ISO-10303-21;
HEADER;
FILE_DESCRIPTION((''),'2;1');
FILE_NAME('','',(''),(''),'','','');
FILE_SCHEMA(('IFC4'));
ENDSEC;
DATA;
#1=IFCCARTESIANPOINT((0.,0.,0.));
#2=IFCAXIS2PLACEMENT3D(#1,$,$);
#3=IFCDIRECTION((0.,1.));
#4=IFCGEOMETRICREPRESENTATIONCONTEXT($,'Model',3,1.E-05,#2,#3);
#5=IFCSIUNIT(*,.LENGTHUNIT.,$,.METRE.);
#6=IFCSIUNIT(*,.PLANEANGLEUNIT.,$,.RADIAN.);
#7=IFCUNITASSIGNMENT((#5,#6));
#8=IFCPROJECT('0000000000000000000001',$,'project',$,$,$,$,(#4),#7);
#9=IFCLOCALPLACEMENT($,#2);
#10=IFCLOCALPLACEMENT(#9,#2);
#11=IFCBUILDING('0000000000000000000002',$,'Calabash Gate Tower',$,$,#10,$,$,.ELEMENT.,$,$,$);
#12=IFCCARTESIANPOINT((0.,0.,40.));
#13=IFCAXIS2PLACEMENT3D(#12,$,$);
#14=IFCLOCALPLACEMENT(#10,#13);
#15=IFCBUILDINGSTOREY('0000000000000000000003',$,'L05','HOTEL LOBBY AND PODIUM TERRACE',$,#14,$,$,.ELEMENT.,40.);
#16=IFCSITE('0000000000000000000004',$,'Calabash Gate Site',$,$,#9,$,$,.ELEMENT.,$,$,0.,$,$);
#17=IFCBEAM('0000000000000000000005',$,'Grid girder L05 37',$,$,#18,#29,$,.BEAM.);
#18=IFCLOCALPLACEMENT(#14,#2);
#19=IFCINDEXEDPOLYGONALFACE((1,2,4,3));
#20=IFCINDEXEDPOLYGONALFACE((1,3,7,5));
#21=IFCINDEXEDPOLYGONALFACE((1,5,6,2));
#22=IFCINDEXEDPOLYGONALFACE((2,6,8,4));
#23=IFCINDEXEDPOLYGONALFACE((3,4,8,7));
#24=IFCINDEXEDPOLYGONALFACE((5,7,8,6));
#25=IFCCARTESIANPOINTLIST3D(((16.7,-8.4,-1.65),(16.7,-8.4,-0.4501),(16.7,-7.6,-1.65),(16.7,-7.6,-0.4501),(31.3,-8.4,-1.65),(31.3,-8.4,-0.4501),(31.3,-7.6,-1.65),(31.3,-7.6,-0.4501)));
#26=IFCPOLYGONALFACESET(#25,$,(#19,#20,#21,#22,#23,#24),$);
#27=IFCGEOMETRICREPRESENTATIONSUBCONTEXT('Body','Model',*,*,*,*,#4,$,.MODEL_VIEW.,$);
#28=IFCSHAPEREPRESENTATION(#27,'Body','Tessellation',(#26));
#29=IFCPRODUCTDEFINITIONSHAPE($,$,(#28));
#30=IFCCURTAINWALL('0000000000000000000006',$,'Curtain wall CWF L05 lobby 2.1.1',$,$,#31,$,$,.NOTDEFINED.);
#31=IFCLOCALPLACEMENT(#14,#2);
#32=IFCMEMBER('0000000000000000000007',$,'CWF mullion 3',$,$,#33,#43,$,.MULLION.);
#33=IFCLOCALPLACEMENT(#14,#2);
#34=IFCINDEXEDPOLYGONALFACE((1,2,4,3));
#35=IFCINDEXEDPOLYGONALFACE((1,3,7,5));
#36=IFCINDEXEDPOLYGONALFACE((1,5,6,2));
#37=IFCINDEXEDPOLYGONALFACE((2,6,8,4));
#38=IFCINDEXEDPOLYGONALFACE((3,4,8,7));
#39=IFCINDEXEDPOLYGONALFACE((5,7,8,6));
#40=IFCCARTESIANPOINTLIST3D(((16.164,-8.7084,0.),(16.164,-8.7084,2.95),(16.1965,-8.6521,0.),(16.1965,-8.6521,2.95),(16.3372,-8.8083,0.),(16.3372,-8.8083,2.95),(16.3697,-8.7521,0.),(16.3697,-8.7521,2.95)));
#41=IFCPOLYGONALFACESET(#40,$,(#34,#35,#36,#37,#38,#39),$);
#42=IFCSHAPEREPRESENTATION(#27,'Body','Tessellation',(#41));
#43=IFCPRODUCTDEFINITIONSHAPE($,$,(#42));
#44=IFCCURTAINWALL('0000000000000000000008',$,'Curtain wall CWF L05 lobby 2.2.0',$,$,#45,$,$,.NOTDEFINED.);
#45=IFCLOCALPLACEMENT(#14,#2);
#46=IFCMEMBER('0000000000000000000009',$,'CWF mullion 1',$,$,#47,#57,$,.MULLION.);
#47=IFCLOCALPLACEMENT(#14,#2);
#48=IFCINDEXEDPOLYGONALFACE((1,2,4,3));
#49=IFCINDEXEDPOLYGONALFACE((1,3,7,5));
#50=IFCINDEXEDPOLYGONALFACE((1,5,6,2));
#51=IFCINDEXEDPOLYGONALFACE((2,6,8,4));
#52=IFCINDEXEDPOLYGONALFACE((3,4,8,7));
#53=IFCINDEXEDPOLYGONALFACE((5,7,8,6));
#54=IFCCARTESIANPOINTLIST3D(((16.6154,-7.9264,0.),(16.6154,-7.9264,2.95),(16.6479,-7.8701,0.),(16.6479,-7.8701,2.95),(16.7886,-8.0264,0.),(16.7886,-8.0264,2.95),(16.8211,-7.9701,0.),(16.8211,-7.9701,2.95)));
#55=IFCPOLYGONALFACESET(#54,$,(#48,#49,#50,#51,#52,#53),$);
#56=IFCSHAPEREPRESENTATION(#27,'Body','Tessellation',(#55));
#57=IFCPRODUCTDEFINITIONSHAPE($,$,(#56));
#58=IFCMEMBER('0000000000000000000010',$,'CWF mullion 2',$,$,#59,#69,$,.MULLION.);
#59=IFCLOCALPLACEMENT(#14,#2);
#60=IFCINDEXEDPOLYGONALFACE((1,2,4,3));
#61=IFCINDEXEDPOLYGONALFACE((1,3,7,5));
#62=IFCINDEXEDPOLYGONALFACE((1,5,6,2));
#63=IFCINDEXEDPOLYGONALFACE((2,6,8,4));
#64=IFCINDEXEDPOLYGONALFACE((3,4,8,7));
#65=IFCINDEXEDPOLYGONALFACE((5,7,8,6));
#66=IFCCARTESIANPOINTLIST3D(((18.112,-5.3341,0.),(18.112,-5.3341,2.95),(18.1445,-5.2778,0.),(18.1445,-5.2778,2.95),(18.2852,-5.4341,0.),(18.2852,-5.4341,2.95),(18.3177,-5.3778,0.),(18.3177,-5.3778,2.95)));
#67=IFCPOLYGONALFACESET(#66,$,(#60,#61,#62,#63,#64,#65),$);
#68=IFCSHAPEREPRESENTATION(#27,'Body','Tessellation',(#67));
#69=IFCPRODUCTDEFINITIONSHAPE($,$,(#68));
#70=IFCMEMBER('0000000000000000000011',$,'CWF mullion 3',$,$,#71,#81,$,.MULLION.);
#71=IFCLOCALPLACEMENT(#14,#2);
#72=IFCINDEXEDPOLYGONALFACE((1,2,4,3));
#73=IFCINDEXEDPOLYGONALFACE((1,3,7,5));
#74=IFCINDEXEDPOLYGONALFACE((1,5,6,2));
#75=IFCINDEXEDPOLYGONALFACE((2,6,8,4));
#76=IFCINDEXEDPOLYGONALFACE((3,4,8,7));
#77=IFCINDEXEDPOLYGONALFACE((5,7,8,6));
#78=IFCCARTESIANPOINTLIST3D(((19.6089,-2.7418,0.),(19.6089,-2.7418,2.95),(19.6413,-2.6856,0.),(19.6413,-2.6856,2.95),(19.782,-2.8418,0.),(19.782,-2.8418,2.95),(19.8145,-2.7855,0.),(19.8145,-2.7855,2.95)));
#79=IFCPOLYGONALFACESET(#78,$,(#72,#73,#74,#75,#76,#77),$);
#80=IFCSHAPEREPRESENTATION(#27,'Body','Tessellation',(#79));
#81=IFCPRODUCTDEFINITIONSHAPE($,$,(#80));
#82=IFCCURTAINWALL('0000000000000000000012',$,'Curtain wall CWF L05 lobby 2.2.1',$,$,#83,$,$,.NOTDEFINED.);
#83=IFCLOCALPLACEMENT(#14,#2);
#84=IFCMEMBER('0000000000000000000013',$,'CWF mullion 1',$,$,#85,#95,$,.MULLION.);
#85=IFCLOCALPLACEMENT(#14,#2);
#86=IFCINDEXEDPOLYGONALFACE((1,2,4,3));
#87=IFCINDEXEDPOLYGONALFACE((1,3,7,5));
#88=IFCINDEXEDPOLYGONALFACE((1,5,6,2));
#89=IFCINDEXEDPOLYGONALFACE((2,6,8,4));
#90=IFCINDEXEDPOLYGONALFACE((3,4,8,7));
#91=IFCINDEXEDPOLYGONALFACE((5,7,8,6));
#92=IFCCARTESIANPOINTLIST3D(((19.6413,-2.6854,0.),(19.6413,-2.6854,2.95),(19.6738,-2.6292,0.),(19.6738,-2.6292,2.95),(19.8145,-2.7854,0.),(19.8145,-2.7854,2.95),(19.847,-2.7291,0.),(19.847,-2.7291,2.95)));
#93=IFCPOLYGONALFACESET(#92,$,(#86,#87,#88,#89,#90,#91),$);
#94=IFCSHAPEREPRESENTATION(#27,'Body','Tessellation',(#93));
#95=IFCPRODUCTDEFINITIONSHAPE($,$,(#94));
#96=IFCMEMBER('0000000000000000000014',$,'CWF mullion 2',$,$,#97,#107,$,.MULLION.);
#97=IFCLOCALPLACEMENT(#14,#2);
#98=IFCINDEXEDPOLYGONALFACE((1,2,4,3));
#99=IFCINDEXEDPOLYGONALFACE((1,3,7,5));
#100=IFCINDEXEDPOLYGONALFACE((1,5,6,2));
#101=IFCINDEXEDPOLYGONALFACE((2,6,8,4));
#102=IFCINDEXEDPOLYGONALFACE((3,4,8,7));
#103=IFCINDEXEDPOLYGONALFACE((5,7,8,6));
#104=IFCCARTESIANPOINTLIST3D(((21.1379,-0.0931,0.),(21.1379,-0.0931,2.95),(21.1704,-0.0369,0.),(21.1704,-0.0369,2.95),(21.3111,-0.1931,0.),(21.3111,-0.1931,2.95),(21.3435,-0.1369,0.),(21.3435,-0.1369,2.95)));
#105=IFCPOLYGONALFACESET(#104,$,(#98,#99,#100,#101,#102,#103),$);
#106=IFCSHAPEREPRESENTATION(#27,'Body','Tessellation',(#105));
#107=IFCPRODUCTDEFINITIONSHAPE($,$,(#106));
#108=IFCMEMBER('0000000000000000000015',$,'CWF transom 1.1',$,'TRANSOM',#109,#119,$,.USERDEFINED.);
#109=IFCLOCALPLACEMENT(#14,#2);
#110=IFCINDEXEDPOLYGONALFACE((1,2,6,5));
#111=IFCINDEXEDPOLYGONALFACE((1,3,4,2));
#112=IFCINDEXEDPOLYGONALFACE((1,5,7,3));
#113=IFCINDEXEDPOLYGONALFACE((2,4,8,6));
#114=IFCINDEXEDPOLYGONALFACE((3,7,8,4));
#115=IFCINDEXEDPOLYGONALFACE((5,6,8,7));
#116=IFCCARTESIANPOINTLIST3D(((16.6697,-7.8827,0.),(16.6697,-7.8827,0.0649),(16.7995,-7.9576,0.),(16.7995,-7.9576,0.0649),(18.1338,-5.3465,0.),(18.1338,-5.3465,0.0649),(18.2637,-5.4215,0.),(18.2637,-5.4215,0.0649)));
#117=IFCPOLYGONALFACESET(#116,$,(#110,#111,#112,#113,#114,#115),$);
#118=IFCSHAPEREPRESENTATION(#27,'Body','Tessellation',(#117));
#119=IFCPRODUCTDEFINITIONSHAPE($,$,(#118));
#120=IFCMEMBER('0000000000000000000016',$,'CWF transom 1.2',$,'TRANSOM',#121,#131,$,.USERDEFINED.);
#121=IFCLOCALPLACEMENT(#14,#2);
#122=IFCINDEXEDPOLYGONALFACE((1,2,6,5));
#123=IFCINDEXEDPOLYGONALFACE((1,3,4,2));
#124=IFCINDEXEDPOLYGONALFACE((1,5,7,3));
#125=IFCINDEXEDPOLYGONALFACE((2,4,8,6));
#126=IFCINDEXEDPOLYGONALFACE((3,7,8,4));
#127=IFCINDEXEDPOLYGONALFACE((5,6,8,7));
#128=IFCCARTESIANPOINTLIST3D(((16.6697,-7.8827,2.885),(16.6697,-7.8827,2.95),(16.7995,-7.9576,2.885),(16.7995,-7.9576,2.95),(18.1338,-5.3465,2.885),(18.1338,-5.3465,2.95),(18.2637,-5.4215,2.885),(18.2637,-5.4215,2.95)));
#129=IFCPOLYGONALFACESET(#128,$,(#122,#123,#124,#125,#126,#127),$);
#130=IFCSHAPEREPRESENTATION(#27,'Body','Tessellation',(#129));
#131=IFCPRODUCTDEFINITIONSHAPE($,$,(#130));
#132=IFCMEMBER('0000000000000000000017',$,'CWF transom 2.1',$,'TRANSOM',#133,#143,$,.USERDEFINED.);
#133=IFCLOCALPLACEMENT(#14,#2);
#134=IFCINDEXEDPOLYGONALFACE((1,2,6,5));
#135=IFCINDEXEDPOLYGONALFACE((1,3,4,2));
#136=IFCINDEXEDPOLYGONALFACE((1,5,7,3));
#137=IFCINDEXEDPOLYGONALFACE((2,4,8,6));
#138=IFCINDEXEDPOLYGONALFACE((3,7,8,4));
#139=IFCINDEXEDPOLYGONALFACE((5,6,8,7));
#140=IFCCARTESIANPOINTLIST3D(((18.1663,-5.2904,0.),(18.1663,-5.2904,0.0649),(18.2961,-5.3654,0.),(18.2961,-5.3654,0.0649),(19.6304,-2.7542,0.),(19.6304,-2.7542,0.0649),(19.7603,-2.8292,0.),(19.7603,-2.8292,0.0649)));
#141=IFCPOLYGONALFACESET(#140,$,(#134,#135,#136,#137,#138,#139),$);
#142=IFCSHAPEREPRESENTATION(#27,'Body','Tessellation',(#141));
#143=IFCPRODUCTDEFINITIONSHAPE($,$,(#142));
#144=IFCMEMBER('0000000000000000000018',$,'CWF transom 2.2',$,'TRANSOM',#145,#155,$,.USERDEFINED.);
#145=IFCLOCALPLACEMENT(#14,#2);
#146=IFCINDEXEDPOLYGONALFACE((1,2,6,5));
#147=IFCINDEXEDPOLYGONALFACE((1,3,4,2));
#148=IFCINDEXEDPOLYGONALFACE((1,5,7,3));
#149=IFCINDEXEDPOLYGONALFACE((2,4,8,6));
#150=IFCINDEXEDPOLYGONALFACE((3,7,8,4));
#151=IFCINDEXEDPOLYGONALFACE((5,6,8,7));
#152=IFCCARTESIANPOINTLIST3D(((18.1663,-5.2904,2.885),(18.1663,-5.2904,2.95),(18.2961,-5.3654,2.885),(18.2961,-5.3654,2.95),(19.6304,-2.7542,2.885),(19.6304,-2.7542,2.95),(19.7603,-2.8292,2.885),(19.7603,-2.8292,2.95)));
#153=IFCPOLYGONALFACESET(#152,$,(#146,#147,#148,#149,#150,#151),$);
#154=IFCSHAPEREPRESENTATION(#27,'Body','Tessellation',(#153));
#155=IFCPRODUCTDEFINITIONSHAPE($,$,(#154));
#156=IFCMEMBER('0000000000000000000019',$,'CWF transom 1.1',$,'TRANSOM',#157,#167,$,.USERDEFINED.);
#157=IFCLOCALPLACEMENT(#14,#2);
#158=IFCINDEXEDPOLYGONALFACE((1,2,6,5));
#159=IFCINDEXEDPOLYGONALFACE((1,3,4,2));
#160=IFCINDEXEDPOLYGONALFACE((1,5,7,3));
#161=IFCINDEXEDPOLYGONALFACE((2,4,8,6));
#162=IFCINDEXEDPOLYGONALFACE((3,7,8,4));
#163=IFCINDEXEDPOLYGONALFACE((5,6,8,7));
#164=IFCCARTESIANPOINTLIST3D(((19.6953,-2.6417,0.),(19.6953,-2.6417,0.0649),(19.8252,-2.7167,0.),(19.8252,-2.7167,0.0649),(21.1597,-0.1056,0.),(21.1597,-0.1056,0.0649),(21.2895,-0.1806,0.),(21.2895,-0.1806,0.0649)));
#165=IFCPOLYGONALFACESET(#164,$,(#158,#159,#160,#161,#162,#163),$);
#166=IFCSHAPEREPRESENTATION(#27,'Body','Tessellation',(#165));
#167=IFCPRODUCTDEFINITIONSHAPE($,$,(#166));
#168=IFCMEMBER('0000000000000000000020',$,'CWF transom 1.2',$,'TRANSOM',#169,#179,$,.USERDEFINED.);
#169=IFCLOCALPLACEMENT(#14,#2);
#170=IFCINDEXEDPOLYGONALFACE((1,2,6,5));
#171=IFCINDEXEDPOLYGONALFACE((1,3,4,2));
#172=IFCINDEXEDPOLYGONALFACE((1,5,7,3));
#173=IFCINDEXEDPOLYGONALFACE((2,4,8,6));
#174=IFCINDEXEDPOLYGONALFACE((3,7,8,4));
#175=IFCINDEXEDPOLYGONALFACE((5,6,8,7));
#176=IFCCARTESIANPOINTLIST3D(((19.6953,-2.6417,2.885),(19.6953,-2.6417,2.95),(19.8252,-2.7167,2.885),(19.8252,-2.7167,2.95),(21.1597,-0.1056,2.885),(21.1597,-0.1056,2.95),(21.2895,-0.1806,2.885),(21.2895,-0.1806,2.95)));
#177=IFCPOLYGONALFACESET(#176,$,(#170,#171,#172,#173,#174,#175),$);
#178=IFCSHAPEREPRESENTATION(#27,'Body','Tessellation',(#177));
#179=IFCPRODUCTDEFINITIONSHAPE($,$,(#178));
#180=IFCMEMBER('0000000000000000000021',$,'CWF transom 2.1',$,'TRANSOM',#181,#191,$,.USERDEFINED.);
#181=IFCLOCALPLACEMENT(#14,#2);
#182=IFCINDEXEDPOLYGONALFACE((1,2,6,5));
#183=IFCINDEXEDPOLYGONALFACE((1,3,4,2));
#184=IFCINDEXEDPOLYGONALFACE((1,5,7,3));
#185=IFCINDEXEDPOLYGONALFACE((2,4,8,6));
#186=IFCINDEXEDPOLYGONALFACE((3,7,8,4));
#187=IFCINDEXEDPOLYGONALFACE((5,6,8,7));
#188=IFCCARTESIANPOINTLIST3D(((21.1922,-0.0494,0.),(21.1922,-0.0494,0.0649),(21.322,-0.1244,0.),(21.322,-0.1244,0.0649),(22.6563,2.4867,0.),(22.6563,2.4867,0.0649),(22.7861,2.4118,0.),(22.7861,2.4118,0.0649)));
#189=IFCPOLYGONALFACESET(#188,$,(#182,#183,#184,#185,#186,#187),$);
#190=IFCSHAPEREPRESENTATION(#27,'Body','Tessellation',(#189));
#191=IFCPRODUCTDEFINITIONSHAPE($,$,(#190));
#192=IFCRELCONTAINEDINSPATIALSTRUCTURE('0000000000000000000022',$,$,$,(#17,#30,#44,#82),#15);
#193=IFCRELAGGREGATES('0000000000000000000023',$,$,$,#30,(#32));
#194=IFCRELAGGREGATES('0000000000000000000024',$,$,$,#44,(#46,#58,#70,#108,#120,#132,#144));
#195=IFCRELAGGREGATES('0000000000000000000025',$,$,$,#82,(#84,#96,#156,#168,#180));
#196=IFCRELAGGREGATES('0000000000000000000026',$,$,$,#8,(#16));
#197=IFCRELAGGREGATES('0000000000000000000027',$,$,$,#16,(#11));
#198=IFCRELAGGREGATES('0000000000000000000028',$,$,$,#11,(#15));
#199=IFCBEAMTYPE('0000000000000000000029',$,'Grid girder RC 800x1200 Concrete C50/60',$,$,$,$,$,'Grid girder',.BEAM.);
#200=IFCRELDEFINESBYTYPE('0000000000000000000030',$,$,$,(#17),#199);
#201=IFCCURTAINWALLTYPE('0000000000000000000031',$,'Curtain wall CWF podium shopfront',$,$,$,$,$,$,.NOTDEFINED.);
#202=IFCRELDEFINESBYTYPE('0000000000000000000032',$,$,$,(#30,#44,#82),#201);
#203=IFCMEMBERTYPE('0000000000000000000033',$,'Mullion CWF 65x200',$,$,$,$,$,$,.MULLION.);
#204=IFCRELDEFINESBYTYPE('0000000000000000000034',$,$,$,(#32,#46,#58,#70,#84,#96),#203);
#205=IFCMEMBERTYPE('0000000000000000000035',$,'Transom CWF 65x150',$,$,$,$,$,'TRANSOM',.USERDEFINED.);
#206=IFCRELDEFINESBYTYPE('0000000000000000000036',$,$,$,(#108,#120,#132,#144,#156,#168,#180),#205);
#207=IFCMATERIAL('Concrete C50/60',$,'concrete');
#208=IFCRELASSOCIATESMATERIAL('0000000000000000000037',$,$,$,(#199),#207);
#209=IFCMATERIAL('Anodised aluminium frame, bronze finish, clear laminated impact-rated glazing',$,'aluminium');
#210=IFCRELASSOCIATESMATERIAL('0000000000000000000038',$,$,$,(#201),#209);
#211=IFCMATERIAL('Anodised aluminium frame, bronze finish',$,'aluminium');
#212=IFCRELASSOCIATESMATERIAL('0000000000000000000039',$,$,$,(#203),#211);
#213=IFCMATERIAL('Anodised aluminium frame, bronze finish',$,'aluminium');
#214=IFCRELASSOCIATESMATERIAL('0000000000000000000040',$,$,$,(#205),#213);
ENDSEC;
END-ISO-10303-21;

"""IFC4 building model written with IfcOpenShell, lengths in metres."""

from ifc_helpers import new_model, si_unit, direction, frame, origin, origin_2d, place, context, subcontext, project, spatial, rectangle, extrude, material, material_profile, profile_set, type_object, element, aggregate, save


model = new_model("IFC4")

# Units and contexts
model_context = context("Model", 3, precision=1e-05, world=origin(), true_north=direction((0.0, 1.0)))
body_context = subcontext(model_context, "Body", "Model", "MODEL_VIEW")
ifc_project = project(units=[si_unit("LENGTHUNIT", "METRE"), si_unit("PLANEANGLEUNIT", "RADIAN")], contexts=[model_context])

# Site, building, storey
site_placement = place(None, origin())
site = spatial("IfcSite", under=ifc_project, at=site_placement, Name="Calabash Gate Site", CompositionType="ELEMENT", RefElevation=0.0)
building_placement = place(site_placement, origin())
building = spatial("IfcBuilding", under=site, at=building_placement, Name="Calabash Gate Tower", CompositionType="ELEMENT")
storey_placement = place(building_placement, frame((0.0, 0.0, 40.0)))
storey = spatial("IfcBuildingStorey", under=building, at=storey_placement, Name="L05", Description="HOTEL LOBBY AND PODIUM TERRACE", CompositionType="ELEMENT", Elevation=40.0)

# Beam
ifc_material_1 = material(Name="Concrete C50/60", Category="concrete")
ifc_material_profile_1 = material_profile(ifc_material_1, rectangle(XDim=0.8, YDim=1.2, at=origin_2d()))
ifc_profile_set_1 = profile_set([ifc_material_profile_1], Name="Concrete C50/60")
beam_type = type_object("IfcBeamType", Name="Grid girder RC 800x1200 Concrete C50/60", ElementType="Grid girder", PredefinedType="BEAM", material=ifc_profile_set_1)
beam_placement = place(storey_placement, frame((16.7, -8.0, -1.05), z_axis=(1.0, 0.0, 0.0), x_axis=(0.0, 1.0, 0.0)))
element("IfcBeam", 1, at=beam_placement, inside=storey, type_object=beam_type, Name="Grid girder L05 37", PredefinedType="BEAM", context=body_context, shape_type="SweptSolid", body=[
    extrude(rectangle(XDim=0.8, YDim=1.2, at=origin_2d()), origin(), (0.0, 0.0, 1.0), 14.6001),
])

# Curtain wall, member
ifc_material_2 = material(Name="Anodised aluminium frame, bronze finish, clear laminated impact-rated glazing", Category="aluminium")
curtain_wall_type = type_object("IfcCurtainWallType", Name="Curtain wall CWF podium shopfront", PredefinedType="NOTDEFINED", material=ifc_material_2)
curtain_wall_1_placement = place(storey_placement, origin())
curtain_wall_1 = element("IfcCurtainWall", 2, at=curtain_wall_1_placement, inside=storey, type_object=curtain_wall_type, Name="Curtain wall CWF L05 lobby 2.1.1", PredefinedType="NOTDEFINED")
ifc_material_3 = material(Name="Anodised aluminium frame, bronze finish", Category="aluminium")
ifc_material_profile_2 = material_profile(ifc_material_3, rectangle(XDim=0.2, YDim=0.0649, at=origin_2d()))
ifc_profile_set_2 = profile_set([ifc_material_profile_2], Name="Anodised aluminium frame, bronze finish")
member_type_1 = type_object("IfcMemberType", Name="Mullion CWF 65x200", PredefinedType="MULLION", material=ifc_profile_set_2)
member_1_placement = place(storey_placement, frame((16.2668, -8.7302, 0.0), z_axis=(0.0, 0.0, 1.0), x_axis=(-0.866025, 0.5, 0.0)))
member_1 = element("IfcMember", 3, at=member_1_placement, type_object=member_type_1, Name="CWF mullion 3", PredefinedType="MULLION", context=body_context, shape_type="SweptSolid", body=[
    extrude(rectangle(XDim=0.2, YDim=0.0649, at=origin_2d()), origin(), (0.0, 0.0, 1.0), 2.95),
])
aggregate(curtain_wall_1, [member_1])

# Curtain walls, members
curtain_wall_2_placement = place(storey_placement, origin())
curtain_wall_2 = element("IfcCurtainWall", 4, at=curtain_wall_2_placement, inside=storey, type_object=curtain_wall_type, Name="Curtain wall CWF L05 lobby 2.2.0", PredefinedType="NOTDEFINED")
member_2_placement = place(storey_placement, frame((16.7183, -7.9482, 0.0), z_axis=(0.0, 0.0, 1.0), x_axis=(-0.866025, 0.5, 0.0)))
member_2 = element("IfcMember", 5, at=member_2_placement, type_object=member_type_1, Name="CWF mullion 1", PredefinedType="MULLION", context=body_context, shape_type="SweptSolid", body=[
    extrude(rectangle(XDim=0.2, YDim=0.0649, at=origin_2d()), origin(), (0.0, 0.0, 1.0), 2.95),
])
member_3_placement = place(storey_placement, frame((18.2148, -5.356, 0.0), z_axis=(0.0, 0.0, 1.0), x_axis=(-0.866025, 0.5, 0.0)))
member_3 = element("IfcMember", 6, at=member_3_placement, type_object=member_type_1, Name="CWF mullion 2", PredefinedType="MULLION", context=body_context, shape_type="SweptSolid", body=[
    extrude(rectangle(XDim=0.2, YDim=0.0649, at=origin_2d()), origin(), (0.0, 0.0, 1.0), 2.95),
])
member_4_placement = place(storey_placement, frame((19.7117, -2.7637, 0.0), z_axis=(0.0, 0.0, 1.0), x_axis=(-0.866025, 0.5, 0.0)))
member_4 = element("IfcMember", 7, at=member_4_placement, type_object=member_type_1, Name="CWF mullion 3", PredefinedType="MULLION", context=body_context, shape_type="SweptSolid", body=[
    extrude(rectangle(XDim=0.2, YDim=0.0649, at=origin_2d()), origin(), (0.0, 0.0, 1.0), 2.95),
])
curtain_wall_3_placement = place(storey_placement, origin())
curtain_wall_3 = element("IfcCurtainWall", 8, at=curtain_wall_3_placement, inside=storey, type_object=curtain_wall_type, Name="Curtain wall CWF L05 lobby 2.2.1", PredefinedType="NOTDEFINED")
member_5_placement = place(storey_placement, frame((19.7441, -2.7073, 0.0), z_axis=(0.0, 0.0, 1.0), x_axis=(-0.866025, 0.5, 0.0)))
member_5 = element("IfcMember", 9, at=member_5_placement, type_object=member_type_1, Name="CWF mullion 1", PredefinedType="MULLION", context=body_context, shape_type="SweptSolid", body=[
    extrude(rectangle(XDim=0.2, YDim=0.0649, at=origin_2d()), origin(), (0.0, 0.0, 1.0), 2.95),
])
member_6_placement = place(storey_placement, frame((21.2407, -0.115, 0.0), z_axis=(0.0, 0.0, 1.0), x_axis=(-0.866025, 0.5, 0.0)))
member_6 = element("IfcMember", 10, at=member_6_placement, type_object=member_type_1, Name="CWF mullion 2", PredefinedType="MULLION", context=body_context, shape_type="SweptSolid", body=[
    extrude(rectangle(XDim=0.2, YDim=0.0649, at=origin_2d()), origin(), (0.0, 0.0, 1.0), 2.95),
])

# Members
ifc_material_4 = material(Name="Anodised aluminium frame, bronze finish", Category="aluminium")
ifc_material_profile_3 = material_profile(ifc_material_4, rectangle(XDim=0.1499, YDim=0.0649, at=origin_2d()))
ifc_profile_set_3 = profile_set([ifc_material_profile_3], Name="Anodised aluminium frame, bronze finish")
member_type_2 = type_object("IfcMemberType", Name="Transom CWF 65x150", ElementType="TRANSOM", PredefinedType="USERDEFINED", material=ifc_profile_set_3)
member_7_placement = place(storey_placement, frame((16.7346, -7.9202, 0.0325), z_axis=(0.499968, 0.866044, 0.0), x_axis=(-0.866044, 0.499968, 0.0)))
member_7 = element("IfcMember", 11, at=member_7_placement, type_object=member_type_2, Name="CWF transom 1.1", ObjectType="TRANSOM", PredefinedType="USERDEFINED", context=body_context, shape_type="SweptSolid", body=[
    extrude(rectangle(XDim=0.1499, YDim=0.0649, at=origin_2d()), origin(), (0.0, 0.0, 1.0), 2.9285),
])
member_8_placement = place(storey_placement, frame((16.7346, -7.9202, 2.9175), z_axis=(0.499968, 0.866044, 0.0), x_axis=(-0.866044, 0.499968, 0.0)))
member_8 = element("IfcMember", 12, at=member_8_placement, type_object=member_type_2, Name="CWF transom 1.2", ObjectType="TRANSOM", PredefinedType="USERDEFINED", context=body_context, shape_type="SweptSolid", body=[
    extrude(rectangle(XDim=0.1499, YDim=0.0649, at=origin_2d()), origin(), (0.0, 0.0, 1.0), 2.9285),
])
member_9_placement = place(storey_placement, frame((18.2312, -5.3279, 0.0325), z_axis=(0.499968, 0.866044, 0.0), x_axis=(-0.866044, 0.499968, 0.0)))
member_9 = element("IfcMember", 13, at=member_9_placement, type_object=member_type_2, Name="CWF transom 2.1", ObjectType="TRANSOM", PredefinedType="USERDEFINED", context=body_context, shape_type="SweptSolid", body=[
    extrude(rectangle(XDim=0.1499, YDim=0.0649, at=origin_2d()), origin(), (0.0, 0.0, 1.0), 2.9285),
])
member_10_placement = place(storey_placement, frame((18.2312, -5.3279, 2.9175), z_axis=(0.499968, 0.866044, 0.0), x_axis=(-0.866044, 0.499968, 0.0)))
member_10 = element("IfcMember", 14, at=member_10_placement, type_object=member_type_2, Name="CWF transom 2.2", ObjectType="TRANSOM", PredefinedType="USERDEFINED", context=body_context, shape_type="SweptSolid", body=[
    extrude(rectangle(XDim=0.1499, YDim=0.0649, at=origin_2d()), origin(), (0.0, 0.0, 1.0), 2.9285),
])
member_11_placement = place(storey_placement, frame((19.7603, -2.6792, 0.0325), z_axis=(0.50003, 0.866008, 0.0), x_axis=(-0.866008, 0.50003, 0.0)))
member_11 = element("IfcMember", 15, at=member_11_placement, type_object=member_type_2, Name="CWF transom 1.1", ObjectType="TRANSOM", PredefinedType="USERDEFINED", context=body_context, shape_type="SweptSolid", body=[
    extrude(rectangle(XDim=0.1499, YDim=0.0649, at=origin_2d()), origin(), (0.0, 0.0, 1.0), 2.9285),
])
member_12_placement = place(storey_placement, frame((19.7603, -2.6792, 2.9175), z_axis=(0.50003, 0.866008, 0.0), x_axis=(-0.866008, 0.50003, 0.0)))
member_12 = element("IfcMember", 16, at=member_12_placement, type_object=member_type_2, Name="CWF transom 1.2", ObjectType="TRANSOM", PredefinedType="USERDEFINED", context=body_context, shape_type="SweptSolid", body=[
    extrude(rectangle(XDim=0.1499, YDim=0.0649, at=origin_2d()), origin(), (0.0, 0.0, 1.0), 2.9285),
])
member_13_placement = place(storey_placement, frame((21.2571, -0.0869, 0.0325), z_axis=(0.499968, 0.866044, 0.0), x_axis=(-0.866044, 0.499968, 0.0)))
member_13 = element("IfcMember", 17, at=member_13_placement, type_object=member_type_2, Name="CWF transom 2.1", ObjectType="TRANSOM", PredefinedType="USERDEFINED", context=body_context, shape_type="SweptSolid", body=[
    extrude(rectangle(XDim=0.1499, YDim=0.0649, at=origin_2d()), origin(), (0.0, 0.0, 1.0), 2.9285),
])

aggregate(curtain_wall_2, [member_2, member_3, member_4, member_7, member_8, member_9, member_10])
aggregate(curtain_wall_3, [member_5, member_6, member_11, member_12, member_13])

save(model, "model.ifc")
